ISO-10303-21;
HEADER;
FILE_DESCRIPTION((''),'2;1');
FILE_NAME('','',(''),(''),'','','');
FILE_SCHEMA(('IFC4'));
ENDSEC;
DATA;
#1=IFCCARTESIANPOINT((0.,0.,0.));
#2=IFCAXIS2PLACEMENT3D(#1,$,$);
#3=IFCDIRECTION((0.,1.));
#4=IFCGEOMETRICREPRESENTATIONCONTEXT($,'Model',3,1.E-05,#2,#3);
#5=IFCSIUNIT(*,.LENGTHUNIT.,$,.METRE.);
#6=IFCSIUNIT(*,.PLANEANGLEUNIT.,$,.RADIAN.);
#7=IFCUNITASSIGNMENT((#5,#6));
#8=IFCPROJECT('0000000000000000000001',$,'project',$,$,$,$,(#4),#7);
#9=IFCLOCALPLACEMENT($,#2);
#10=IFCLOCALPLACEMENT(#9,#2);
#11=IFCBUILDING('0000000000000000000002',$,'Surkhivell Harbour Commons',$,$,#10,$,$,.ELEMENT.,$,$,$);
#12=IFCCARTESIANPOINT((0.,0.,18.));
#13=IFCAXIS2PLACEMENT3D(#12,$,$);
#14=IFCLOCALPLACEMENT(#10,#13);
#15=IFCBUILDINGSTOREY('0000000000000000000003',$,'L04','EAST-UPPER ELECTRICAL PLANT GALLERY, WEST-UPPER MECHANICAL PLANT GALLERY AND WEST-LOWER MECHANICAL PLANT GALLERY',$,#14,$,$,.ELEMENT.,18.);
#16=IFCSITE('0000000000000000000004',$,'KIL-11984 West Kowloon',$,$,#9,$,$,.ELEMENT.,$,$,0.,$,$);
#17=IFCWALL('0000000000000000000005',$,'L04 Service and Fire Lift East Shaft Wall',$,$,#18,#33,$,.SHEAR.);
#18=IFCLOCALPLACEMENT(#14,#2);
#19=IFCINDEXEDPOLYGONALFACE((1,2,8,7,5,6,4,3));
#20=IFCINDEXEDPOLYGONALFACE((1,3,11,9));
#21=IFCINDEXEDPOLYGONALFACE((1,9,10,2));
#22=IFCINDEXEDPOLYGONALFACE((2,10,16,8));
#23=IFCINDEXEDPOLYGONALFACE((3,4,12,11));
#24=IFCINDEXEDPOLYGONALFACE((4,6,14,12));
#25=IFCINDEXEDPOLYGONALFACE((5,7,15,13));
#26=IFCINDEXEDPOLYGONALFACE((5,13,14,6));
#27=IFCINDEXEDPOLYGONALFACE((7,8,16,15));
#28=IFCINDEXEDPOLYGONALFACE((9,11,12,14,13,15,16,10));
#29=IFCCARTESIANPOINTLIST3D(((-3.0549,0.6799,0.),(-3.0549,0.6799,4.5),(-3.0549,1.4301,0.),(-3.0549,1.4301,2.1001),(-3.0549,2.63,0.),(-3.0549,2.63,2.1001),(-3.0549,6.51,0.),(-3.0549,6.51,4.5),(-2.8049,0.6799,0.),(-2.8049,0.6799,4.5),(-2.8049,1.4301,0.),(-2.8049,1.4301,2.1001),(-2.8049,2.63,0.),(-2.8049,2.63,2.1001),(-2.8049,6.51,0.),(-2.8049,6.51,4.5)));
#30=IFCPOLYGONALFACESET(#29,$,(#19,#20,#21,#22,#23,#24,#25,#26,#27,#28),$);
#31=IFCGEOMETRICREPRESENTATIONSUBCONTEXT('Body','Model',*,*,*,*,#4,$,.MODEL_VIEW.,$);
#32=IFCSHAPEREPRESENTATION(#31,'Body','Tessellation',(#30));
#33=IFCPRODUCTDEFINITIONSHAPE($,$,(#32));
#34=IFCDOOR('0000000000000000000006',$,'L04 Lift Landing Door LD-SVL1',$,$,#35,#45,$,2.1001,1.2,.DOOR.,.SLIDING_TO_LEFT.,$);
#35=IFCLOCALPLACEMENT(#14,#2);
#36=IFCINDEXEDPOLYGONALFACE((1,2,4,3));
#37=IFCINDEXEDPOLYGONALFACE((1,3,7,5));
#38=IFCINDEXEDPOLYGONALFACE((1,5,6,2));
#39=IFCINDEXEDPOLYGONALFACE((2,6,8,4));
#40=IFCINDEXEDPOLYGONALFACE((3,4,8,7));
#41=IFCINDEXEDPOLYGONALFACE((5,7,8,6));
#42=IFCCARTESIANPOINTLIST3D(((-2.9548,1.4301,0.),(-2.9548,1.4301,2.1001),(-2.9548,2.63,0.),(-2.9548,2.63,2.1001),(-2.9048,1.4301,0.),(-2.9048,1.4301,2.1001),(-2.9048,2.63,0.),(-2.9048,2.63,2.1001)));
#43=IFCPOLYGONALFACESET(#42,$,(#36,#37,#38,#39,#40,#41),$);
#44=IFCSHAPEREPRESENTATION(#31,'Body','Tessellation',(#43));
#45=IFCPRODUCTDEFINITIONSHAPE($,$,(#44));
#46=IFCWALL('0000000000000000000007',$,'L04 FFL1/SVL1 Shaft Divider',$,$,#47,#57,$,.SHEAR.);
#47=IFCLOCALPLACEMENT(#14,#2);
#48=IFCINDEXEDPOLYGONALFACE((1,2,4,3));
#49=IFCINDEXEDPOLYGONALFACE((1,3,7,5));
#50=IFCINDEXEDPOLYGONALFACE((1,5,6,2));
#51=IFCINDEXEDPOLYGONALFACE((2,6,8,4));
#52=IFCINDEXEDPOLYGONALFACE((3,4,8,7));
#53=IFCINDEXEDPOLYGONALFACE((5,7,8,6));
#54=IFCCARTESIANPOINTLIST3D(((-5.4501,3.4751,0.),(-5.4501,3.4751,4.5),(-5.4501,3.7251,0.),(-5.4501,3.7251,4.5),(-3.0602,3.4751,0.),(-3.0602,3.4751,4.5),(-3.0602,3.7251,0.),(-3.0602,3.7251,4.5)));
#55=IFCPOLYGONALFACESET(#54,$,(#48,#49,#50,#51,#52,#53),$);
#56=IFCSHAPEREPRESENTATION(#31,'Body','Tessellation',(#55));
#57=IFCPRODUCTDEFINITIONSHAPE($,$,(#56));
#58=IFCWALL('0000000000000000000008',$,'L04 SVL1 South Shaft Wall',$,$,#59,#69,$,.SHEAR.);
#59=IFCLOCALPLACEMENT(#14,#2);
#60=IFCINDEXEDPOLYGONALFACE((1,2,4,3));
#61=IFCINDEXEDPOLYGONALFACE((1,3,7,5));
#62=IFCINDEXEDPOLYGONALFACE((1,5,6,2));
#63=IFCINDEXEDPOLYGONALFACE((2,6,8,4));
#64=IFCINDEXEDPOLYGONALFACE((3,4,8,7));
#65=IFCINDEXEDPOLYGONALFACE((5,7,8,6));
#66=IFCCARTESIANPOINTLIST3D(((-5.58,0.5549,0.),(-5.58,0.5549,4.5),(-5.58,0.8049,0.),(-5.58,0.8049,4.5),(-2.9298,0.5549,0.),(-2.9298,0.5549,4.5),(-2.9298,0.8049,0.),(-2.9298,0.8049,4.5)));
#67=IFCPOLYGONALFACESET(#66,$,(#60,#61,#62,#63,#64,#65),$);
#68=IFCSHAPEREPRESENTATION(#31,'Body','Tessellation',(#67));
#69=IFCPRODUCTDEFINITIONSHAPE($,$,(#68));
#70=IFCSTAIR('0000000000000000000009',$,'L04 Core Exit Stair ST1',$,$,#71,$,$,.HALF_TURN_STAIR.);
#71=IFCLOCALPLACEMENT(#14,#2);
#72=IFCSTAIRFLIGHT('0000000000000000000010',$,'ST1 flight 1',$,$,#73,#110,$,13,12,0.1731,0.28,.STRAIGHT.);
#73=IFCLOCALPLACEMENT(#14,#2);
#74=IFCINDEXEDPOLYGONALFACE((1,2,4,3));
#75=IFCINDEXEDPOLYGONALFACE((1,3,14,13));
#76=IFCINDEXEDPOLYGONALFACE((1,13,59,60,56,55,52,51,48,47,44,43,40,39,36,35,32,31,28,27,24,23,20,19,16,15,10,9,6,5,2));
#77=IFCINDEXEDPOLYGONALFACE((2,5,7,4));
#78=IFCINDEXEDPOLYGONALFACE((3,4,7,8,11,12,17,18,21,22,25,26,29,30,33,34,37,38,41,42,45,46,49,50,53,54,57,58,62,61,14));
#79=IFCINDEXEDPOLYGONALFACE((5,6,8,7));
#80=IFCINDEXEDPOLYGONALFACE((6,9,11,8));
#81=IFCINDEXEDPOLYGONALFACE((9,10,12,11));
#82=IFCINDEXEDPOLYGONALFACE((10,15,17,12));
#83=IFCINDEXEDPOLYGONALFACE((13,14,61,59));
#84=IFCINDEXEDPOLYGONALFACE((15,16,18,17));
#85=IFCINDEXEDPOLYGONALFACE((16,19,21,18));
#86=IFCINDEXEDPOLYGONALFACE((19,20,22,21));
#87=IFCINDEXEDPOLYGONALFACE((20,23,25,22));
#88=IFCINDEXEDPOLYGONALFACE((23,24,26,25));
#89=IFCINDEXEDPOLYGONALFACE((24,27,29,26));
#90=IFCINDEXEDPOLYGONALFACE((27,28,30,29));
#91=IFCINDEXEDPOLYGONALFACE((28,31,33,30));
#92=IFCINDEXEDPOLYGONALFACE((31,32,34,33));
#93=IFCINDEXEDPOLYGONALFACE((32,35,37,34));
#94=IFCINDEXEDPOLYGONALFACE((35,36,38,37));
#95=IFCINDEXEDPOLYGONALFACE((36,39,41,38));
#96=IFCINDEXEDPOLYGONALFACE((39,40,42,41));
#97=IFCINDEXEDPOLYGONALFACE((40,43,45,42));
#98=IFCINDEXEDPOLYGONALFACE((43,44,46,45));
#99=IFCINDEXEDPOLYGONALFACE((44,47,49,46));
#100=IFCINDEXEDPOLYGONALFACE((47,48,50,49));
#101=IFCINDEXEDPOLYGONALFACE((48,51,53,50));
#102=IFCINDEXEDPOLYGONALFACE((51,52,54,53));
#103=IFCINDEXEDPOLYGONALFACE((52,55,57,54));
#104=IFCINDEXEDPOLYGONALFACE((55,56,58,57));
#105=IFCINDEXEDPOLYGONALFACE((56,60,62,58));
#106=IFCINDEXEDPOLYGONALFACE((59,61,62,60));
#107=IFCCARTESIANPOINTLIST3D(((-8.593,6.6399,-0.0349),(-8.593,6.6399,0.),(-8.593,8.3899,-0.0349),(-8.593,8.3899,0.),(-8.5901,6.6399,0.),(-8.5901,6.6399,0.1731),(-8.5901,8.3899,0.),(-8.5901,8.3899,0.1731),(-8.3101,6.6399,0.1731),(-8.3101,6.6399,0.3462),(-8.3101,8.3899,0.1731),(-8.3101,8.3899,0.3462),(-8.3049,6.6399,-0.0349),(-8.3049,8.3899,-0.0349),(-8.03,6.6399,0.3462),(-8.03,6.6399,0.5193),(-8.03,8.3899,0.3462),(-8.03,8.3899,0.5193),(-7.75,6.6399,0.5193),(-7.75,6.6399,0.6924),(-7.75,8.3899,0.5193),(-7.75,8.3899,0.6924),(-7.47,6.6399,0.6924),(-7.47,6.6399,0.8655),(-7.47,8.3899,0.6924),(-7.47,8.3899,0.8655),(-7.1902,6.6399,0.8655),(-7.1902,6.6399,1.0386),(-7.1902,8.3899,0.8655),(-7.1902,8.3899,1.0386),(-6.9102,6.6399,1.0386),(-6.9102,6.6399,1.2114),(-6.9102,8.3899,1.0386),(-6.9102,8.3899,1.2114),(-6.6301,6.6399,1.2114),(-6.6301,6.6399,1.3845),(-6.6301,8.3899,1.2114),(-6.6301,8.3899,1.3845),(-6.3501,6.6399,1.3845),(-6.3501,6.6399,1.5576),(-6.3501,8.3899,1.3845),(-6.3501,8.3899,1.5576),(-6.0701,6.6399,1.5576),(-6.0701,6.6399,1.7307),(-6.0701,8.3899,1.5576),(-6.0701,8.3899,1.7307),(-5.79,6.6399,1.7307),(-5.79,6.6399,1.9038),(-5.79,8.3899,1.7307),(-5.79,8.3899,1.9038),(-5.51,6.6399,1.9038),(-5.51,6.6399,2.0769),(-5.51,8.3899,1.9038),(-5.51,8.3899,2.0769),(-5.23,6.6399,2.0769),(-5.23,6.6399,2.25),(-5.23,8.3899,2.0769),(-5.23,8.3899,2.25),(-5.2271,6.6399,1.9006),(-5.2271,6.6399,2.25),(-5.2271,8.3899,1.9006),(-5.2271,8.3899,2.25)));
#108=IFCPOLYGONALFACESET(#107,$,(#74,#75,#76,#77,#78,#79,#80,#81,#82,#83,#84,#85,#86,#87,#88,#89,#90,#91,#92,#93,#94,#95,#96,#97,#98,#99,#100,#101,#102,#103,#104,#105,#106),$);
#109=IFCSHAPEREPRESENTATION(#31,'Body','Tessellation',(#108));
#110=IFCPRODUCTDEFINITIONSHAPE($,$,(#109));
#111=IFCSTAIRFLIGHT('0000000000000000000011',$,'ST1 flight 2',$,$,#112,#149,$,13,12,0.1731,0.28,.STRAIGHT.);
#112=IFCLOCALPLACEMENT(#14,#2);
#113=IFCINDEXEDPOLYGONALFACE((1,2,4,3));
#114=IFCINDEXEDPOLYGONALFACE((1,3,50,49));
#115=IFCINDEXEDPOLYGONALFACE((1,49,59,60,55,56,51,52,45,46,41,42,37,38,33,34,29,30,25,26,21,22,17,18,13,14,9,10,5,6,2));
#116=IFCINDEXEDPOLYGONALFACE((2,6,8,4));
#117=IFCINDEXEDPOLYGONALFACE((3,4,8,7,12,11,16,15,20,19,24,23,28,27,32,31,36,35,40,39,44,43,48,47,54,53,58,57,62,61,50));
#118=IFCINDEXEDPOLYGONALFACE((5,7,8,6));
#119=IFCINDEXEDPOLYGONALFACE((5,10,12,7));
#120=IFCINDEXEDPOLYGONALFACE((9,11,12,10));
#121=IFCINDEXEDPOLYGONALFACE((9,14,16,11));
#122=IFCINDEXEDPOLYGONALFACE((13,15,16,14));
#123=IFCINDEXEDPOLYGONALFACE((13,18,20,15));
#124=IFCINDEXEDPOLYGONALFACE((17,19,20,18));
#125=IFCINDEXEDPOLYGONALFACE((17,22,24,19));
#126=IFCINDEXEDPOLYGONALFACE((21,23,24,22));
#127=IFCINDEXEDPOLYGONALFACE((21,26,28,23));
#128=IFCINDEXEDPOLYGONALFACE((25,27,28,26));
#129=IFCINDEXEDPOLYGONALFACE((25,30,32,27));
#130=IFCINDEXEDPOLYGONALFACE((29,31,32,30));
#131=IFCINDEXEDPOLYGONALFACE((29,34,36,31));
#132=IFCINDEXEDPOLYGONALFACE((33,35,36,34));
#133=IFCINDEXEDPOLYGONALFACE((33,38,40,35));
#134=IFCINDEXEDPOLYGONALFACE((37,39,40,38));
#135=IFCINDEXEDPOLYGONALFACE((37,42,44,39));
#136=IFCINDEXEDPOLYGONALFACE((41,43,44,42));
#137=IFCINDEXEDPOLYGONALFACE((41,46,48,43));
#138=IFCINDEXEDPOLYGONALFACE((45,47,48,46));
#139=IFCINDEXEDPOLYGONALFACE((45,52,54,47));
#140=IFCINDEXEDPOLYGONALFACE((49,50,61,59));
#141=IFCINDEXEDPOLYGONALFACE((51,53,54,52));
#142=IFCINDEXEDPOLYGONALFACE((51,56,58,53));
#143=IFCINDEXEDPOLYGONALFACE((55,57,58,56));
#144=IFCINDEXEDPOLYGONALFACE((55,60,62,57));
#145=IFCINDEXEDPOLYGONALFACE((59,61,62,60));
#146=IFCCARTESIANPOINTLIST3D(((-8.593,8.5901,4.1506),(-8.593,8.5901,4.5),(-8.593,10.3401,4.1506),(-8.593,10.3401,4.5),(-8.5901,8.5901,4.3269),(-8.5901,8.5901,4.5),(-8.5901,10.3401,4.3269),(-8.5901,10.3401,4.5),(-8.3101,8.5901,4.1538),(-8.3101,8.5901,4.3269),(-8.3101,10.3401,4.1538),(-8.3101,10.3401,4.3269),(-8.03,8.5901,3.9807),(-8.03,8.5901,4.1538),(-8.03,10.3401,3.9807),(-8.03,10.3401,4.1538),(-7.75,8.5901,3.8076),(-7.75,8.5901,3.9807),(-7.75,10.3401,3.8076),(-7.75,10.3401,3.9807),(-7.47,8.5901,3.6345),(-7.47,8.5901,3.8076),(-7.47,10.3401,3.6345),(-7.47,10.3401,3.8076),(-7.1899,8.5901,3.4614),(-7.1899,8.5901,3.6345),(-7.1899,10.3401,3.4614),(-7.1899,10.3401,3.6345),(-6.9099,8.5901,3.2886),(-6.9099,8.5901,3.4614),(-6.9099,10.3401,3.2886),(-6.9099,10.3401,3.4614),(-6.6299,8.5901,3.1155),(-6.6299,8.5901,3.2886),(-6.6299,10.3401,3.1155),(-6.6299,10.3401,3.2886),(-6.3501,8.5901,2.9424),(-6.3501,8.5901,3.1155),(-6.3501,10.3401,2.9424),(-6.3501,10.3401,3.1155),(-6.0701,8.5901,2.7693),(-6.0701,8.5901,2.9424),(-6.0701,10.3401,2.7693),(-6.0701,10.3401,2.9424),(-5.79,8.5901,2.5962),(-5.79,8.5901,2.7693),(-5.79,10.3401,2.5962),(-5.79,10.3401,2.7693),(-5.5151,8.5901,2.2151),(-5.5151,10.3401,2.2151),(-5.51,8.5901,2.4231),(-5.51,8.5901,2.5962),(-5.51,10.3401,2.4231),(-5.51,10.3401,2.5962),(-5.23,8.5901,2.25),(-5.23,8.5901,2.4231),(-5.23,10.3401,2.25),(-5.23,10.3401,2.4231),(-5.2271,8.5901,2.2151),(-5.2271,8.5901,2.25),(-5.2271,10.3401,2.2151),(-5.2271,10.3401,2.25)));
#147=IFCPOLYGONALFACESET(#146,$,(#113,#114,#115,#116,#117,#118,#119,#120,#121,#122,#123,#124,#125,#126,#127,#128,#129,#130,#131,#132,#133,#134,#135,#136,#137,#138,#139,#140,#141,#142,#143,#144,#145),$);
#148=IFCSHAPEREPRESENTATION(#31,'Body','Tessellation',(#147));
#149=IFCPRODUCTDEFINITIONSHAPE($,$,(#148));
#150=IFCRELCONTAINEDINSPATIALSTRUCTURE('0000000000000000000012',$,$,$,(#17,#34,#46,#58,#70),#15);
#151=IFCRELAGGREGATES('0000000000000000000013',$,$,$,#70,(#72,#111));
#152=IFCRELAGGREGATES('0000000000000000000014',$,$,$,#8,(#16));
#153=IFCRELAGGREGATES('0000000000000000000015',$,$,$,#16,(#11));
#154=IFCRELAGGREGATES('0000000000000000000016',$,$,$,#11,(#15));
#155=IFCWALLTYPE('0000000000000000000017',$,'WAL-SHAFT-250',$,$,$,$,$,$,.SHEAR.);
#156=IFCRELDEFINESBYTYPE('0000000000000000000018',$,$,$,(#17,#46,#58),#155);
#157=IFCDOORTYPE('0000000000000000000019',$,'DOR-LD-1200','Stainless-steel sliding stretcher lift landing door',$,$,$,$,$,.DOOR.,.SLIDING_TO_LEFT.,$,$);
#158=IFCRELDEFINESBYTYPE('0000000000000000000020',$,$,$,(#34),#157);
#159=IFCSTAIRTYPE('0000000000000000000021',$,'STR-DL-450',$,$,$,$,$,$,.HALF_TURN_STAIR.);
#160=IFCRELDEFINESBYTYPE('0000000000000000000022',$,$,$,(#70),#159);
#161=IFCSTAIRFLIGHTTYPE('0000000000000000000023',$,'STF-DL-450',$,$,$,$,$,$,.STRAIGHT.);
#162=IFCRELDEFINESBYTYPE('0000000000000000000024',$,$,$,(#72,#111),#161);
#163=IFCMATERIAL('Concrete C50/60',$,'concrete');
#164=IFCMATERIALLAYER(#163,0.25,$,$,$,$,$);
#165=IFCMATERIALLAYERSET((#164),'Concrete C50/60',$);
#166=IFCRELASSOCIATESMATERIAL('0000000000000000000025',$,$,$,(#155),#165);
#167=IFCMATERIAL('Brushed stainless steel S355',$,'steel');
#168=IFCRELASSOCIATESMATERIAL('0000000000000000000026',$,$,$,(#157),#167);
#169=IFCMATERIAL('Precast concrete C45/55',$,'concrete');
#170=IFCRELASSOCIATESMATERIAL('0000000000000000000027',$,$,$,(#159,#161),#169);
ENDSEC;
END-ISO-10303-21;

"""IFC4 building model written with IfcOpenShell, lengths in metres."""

from ifc_helpers import new_model, si_unit, direction, frame, frame_2d, origin, place, context, subcontext, project, spatial, polyline, rectangle, outline, extrude, material, layer, layer_set, type_object, element, fill, aggregate, save


model = new_model("IFC4")

# Units and contexts
model_context = context("Model", 3, precision=1e-05, world=origin(), true_north=direction((0.0, 1.0)))
body_context = subcontext(model_context, "Body", "Model", "MODEL_VIEW")
ifc_project = project(units=[si_unit("LENGTHUNIT", "METRE"), si_unit("PLANEANGLEUNIT", "RADIAN")], contexts=[model_context])

# Site, building, storey
site_placement = place(None, origin())
site = spatial("IfcSite", under=ifc_project, at=site_placement, Name="KIL-11984 West Kowloon", CompositionType="ELEMENT", RefElevation=0.0)
building_placement = place(site_placement, origin())
building = spatial("IfcBuilding", under=site, at=building_placement, Name="Surkhivell Harbour Commons", CompositionType="ELEMENT")
storey_placement = place(building_placement, frame((0.0, 0.0, 18.0)))
storey = spatial("IfcBuildingStorey", under=building, at=storey_placement, Name="L04", Description="EAST-UPPER ELECTRICAL PLANT GALLERY, WEST-UPPER MECHANICAL PLANT GALLERY AND WEST-LOWER MECHANICAL PLANT GALLERY", CompositionType="ELEMENT", Elevation=18.0)

# Shared definitions
ifc_material_1 = material(Name="Concrete C50/60", Category="concrete")
ifc_layer_1 = layer(ifc_material_1, 0.25)
ifc_layer_set_1 = layer_set([ifc_layer_1], Name="Concrete C50/60")
wall_type_1 = type_object("IfcWallType", Name="WAL-SHAFT-250", PredefinedType="SHEAR", material=ifc_layer_set_1)
ifc_material_2 = material(Name="Brushed stainless steel S355", Category="steel")

# Wall, opening, door
wall_1_placement = place(storey_placement, frame((-2.9299, 0.6799, 0.0), z_axis=(0.0, 0.0, 1.0), x_axis=(0.0, 1.0, 0.0)))
wall_1 = element("IfcWall", 1, at=wall_1_placement, inside=storey, type_object=wall_type_1, Name="L04 Service and Fire Lift East Shaft Wall", PredefinedType="SHEAR", context=body_context, shape_type="SweptSolid", body=[
    extrude(rectangle(XDim=5.8301, YDim=0.25, at=frame_2d((2.915, 0.0))), origin(), (0.0, 0.0, 1.0), 4.5),
])
opening_1_placement = place(wall_1_placement, frame((0.75, 0.0, 0.0)))
opening_1 = element("IfcOpeningElement", 2, at=opening_1_placement, cuts=wall_1, PredefinedType="OPENING", context=body_context, shape_type="SweptSolid", body=[
    extrude(rectangle(XDim=1.2, YDim=2.1001, at=frame_2d((0.6001, 1.05))), frame((0.0, 0.135, 0.0), z_axis=(0.0, -1.0, 0.0), x_axis=(1.0, 0.0, 0.0)), (0.0, 0.0, 1.0), 0.27),
])
door_type_1 = type_object("IfcDoorType", Name="DOR-LD-1200", Description="Stainless-steel sliding stretcher lift landing door", OperationType="SLIDING_TO_LEFT", PredefinedType="DOOR", material=ifc_material_2)
door_1_placement = place(opening_1_placement, origin())
door_1 = element("IfcDoor", 3, at=door_1_placement, inside=storey, type_object=door_type_1, Name="L04 Lift Landing Door LD-SVL1", OperationType="SLIDING_TO_LEFT", OverallHeight=2.1001, OverallWidth=1.2, PredefinedType="DOOR", context=body_context, shape_type="SweptSolid", body=[
    extrude(rectangle(XDim=1.2, YDim=2.1001, at=frame_2d((0.6001, 1.05))), frame((0.0, 0.0249, 0.0), z_axis=(0.0, -1.0, 0.0), x_axis=(1.0, 0.0, 0.0)), (0.0, 0.0, 1.0), 0.05),
])
fill(opening_1, door_1)

# Walls
wall_2_placement = place(storey_placement, frame((-5.45, 3.6001, 0.0), z_axis=(0.0, 0.0, 1.0), x_axis=(1.0, 0.0, 0.0)))
element("IfcWall", 4, at=wall_2_placement, inside=storey, type_object=wall_type_1, Name="L04 FFL1/SVL1 Shaft Divider", PredefinedType="SHEAR", context=body_context, shape_type="SweptSolid", body=[
    extrude(rectangle(XDim=2.3899, YDim=0.25, at=frame_2d((1.1948, 0.0))), origin(), (0.0, 0.0, 1.0), 4.5),
])
wall_3_placement = place(storey_placement, frame((-5.5801, 0.6799, 0.0), z_axis=(0.0, 0.0, 1.0), x_axis=(1.0, 0.0, 0.0)))
element("IfcWall", 5, at=wall_3_placement, inside=storey, type_object=wall_type_1, Name="L04 SVL1 South Shaft Wall", PredefinedType="SHEAR", context=body_context, shape_type="SweptSolid", body=[
    extrude(rectangle(XDim=2.6501, YDim=0.25, at=frame_2d((1.3252, 0.0))), origin(), (0.0, 0.0, 1.0), 4.5),
])

# Stair, stair flights
ifc_material_3 = material(Name="Precast concrete C45/55", Category="concrete")
stair_type = type_object("IfcStairType", Name="STR-DL-450", PredefinedType="HALF_TURN_STAIR", material=ifc_material_3)
stair_placement = place(storey_placement, origin())
stair = element("IfcStair", 6, at=stair_placement, inside=storey, type_object=stair_type, Name="L04 Core Exit Stair ST1", PredefinedType="HALF_TURN_STAIR")
stair_flight_type = type_object("IfcStairFlightType", Name="STF-DL-450", PredefinedType="STRAIGHT", material=ifc_material_3)
stair_flight_1_placement = place(storey_placement, frame((-8.5901, 7.5149, 0.0), z_axis=(0.0, 0.0, 1.0), x_axis=(1.0, 0.0, 0.0)))
stair_flight_1 = element("IfcStairFlight", 7, at=stair_flight_1_placement, type_object=stair_flight_type, Name="ST1 flight 1", NumberOfRisers=13, NumberOfTreads=12, PredefinedType="STRAIGHT", RiserHeight=0.1731, TreadLength=0.28, context=body_context, shape_type="SweptSolid", body=[
    extrude(outline(polyline([(-0.0029, -0.0349), (-0.0029, 0.0), (0.0, 0.0), (0.0, 0.1731), (0.28, 0.1731), (0.28, 0.3462), (0.5601, 0.3462), (0.5601, 0.5193), (0.8401, 0.5193), (0.8401, 0.6924), (1.1201, 0.6924), (1.1201, 0.8655), (1.3999, 0.8655), (1.3999, 1.0386), (1.6799, 1.0386), (1.6799, 1.2114), (1.96, 1.2114), (1.96, 1.3845), (2.24, 1.3845), (2.24, 1.5576), (2.52, 1.5576), (2.52, 1.7307), (2.8, 1.7307), (2.8, 1.9038), (3.0801, 1.9038), (3.0801, 2.0769), (3.3601, 2.0769), (3.3601, 2.25), (3.363, 2.25), (3.363, 1.9006), (0.2852, -0.0349), (-0.0029, -0.0349)])), frame((0.0, 0.875, 0.0), z_axis=(0.0, -1.0, 0.0), x_axis=(1.0, 0.0, 0.0)), (0.0, 0.0, 1.0), 1.75),
])
stair_flight_2_placement = place(storey_placement, frame((-5.23, 9.4651, 2.25), z_axis=(0.0, 0.0, 1.0), x_axis=(-1.0, 0.0, 0.0)))
stair_flight_2 = element("IfcStairFlight", 8, at=stair_flight_2_placement, type_object=stair_flight_type, Name="ST1 flight 2", NumberOfRisers=13, NumberOfTreads=12, PredefinedType="STRAIGHT", RiserHeight=0.1731, TreadLength=0.28, context=body_context, shape_type="SweptSolid", body=[
    extrude(outline(polyline([(-0.0029, -0.0349), (-0.0029, 0.0), (0.0, 0.0), (0.0, 0.1731), (0.28, 0.1731), (0.28, 0.3462), (0.5601, 0.3462), (0.5601, 0.5193), (0.8401, 0.5193), (0.8401, 0.6924), (1.1201, 0.6924), (1.1201, 0.8655), (1.3999, 0.8655), (1.3999, 1.0386), (1.6799, 1.0386), (1.6799, 1.2114), (1.96, 1.2114), (1.96, 1.3845), (2.24, 1.3845), (2.24, 1.5576), (2.52, 1.5576), (2.52, 1.7307), (2.8, 1.7307), (2.8, 1.9038), (3.0801, 1.9038), (3.0801, 2.0769), (3.3601, 2.0769), (3.3601, 2.25), (3.363, 2.25), (3.363, 1.9006), (0.2852, -0.0349), (-0.0029, -0.0349)])), frame((0.0, 0.875, 0.0), z_axis=(0.0, -1.0, 0.0), x_axis=(1.0, 0.0, 0.0)), (0.0, 0.0, 1.0), 1.75),
])
aggregate(stair, [stair_flight_1, stair_flight_2])

save(model, "model.ifc")
